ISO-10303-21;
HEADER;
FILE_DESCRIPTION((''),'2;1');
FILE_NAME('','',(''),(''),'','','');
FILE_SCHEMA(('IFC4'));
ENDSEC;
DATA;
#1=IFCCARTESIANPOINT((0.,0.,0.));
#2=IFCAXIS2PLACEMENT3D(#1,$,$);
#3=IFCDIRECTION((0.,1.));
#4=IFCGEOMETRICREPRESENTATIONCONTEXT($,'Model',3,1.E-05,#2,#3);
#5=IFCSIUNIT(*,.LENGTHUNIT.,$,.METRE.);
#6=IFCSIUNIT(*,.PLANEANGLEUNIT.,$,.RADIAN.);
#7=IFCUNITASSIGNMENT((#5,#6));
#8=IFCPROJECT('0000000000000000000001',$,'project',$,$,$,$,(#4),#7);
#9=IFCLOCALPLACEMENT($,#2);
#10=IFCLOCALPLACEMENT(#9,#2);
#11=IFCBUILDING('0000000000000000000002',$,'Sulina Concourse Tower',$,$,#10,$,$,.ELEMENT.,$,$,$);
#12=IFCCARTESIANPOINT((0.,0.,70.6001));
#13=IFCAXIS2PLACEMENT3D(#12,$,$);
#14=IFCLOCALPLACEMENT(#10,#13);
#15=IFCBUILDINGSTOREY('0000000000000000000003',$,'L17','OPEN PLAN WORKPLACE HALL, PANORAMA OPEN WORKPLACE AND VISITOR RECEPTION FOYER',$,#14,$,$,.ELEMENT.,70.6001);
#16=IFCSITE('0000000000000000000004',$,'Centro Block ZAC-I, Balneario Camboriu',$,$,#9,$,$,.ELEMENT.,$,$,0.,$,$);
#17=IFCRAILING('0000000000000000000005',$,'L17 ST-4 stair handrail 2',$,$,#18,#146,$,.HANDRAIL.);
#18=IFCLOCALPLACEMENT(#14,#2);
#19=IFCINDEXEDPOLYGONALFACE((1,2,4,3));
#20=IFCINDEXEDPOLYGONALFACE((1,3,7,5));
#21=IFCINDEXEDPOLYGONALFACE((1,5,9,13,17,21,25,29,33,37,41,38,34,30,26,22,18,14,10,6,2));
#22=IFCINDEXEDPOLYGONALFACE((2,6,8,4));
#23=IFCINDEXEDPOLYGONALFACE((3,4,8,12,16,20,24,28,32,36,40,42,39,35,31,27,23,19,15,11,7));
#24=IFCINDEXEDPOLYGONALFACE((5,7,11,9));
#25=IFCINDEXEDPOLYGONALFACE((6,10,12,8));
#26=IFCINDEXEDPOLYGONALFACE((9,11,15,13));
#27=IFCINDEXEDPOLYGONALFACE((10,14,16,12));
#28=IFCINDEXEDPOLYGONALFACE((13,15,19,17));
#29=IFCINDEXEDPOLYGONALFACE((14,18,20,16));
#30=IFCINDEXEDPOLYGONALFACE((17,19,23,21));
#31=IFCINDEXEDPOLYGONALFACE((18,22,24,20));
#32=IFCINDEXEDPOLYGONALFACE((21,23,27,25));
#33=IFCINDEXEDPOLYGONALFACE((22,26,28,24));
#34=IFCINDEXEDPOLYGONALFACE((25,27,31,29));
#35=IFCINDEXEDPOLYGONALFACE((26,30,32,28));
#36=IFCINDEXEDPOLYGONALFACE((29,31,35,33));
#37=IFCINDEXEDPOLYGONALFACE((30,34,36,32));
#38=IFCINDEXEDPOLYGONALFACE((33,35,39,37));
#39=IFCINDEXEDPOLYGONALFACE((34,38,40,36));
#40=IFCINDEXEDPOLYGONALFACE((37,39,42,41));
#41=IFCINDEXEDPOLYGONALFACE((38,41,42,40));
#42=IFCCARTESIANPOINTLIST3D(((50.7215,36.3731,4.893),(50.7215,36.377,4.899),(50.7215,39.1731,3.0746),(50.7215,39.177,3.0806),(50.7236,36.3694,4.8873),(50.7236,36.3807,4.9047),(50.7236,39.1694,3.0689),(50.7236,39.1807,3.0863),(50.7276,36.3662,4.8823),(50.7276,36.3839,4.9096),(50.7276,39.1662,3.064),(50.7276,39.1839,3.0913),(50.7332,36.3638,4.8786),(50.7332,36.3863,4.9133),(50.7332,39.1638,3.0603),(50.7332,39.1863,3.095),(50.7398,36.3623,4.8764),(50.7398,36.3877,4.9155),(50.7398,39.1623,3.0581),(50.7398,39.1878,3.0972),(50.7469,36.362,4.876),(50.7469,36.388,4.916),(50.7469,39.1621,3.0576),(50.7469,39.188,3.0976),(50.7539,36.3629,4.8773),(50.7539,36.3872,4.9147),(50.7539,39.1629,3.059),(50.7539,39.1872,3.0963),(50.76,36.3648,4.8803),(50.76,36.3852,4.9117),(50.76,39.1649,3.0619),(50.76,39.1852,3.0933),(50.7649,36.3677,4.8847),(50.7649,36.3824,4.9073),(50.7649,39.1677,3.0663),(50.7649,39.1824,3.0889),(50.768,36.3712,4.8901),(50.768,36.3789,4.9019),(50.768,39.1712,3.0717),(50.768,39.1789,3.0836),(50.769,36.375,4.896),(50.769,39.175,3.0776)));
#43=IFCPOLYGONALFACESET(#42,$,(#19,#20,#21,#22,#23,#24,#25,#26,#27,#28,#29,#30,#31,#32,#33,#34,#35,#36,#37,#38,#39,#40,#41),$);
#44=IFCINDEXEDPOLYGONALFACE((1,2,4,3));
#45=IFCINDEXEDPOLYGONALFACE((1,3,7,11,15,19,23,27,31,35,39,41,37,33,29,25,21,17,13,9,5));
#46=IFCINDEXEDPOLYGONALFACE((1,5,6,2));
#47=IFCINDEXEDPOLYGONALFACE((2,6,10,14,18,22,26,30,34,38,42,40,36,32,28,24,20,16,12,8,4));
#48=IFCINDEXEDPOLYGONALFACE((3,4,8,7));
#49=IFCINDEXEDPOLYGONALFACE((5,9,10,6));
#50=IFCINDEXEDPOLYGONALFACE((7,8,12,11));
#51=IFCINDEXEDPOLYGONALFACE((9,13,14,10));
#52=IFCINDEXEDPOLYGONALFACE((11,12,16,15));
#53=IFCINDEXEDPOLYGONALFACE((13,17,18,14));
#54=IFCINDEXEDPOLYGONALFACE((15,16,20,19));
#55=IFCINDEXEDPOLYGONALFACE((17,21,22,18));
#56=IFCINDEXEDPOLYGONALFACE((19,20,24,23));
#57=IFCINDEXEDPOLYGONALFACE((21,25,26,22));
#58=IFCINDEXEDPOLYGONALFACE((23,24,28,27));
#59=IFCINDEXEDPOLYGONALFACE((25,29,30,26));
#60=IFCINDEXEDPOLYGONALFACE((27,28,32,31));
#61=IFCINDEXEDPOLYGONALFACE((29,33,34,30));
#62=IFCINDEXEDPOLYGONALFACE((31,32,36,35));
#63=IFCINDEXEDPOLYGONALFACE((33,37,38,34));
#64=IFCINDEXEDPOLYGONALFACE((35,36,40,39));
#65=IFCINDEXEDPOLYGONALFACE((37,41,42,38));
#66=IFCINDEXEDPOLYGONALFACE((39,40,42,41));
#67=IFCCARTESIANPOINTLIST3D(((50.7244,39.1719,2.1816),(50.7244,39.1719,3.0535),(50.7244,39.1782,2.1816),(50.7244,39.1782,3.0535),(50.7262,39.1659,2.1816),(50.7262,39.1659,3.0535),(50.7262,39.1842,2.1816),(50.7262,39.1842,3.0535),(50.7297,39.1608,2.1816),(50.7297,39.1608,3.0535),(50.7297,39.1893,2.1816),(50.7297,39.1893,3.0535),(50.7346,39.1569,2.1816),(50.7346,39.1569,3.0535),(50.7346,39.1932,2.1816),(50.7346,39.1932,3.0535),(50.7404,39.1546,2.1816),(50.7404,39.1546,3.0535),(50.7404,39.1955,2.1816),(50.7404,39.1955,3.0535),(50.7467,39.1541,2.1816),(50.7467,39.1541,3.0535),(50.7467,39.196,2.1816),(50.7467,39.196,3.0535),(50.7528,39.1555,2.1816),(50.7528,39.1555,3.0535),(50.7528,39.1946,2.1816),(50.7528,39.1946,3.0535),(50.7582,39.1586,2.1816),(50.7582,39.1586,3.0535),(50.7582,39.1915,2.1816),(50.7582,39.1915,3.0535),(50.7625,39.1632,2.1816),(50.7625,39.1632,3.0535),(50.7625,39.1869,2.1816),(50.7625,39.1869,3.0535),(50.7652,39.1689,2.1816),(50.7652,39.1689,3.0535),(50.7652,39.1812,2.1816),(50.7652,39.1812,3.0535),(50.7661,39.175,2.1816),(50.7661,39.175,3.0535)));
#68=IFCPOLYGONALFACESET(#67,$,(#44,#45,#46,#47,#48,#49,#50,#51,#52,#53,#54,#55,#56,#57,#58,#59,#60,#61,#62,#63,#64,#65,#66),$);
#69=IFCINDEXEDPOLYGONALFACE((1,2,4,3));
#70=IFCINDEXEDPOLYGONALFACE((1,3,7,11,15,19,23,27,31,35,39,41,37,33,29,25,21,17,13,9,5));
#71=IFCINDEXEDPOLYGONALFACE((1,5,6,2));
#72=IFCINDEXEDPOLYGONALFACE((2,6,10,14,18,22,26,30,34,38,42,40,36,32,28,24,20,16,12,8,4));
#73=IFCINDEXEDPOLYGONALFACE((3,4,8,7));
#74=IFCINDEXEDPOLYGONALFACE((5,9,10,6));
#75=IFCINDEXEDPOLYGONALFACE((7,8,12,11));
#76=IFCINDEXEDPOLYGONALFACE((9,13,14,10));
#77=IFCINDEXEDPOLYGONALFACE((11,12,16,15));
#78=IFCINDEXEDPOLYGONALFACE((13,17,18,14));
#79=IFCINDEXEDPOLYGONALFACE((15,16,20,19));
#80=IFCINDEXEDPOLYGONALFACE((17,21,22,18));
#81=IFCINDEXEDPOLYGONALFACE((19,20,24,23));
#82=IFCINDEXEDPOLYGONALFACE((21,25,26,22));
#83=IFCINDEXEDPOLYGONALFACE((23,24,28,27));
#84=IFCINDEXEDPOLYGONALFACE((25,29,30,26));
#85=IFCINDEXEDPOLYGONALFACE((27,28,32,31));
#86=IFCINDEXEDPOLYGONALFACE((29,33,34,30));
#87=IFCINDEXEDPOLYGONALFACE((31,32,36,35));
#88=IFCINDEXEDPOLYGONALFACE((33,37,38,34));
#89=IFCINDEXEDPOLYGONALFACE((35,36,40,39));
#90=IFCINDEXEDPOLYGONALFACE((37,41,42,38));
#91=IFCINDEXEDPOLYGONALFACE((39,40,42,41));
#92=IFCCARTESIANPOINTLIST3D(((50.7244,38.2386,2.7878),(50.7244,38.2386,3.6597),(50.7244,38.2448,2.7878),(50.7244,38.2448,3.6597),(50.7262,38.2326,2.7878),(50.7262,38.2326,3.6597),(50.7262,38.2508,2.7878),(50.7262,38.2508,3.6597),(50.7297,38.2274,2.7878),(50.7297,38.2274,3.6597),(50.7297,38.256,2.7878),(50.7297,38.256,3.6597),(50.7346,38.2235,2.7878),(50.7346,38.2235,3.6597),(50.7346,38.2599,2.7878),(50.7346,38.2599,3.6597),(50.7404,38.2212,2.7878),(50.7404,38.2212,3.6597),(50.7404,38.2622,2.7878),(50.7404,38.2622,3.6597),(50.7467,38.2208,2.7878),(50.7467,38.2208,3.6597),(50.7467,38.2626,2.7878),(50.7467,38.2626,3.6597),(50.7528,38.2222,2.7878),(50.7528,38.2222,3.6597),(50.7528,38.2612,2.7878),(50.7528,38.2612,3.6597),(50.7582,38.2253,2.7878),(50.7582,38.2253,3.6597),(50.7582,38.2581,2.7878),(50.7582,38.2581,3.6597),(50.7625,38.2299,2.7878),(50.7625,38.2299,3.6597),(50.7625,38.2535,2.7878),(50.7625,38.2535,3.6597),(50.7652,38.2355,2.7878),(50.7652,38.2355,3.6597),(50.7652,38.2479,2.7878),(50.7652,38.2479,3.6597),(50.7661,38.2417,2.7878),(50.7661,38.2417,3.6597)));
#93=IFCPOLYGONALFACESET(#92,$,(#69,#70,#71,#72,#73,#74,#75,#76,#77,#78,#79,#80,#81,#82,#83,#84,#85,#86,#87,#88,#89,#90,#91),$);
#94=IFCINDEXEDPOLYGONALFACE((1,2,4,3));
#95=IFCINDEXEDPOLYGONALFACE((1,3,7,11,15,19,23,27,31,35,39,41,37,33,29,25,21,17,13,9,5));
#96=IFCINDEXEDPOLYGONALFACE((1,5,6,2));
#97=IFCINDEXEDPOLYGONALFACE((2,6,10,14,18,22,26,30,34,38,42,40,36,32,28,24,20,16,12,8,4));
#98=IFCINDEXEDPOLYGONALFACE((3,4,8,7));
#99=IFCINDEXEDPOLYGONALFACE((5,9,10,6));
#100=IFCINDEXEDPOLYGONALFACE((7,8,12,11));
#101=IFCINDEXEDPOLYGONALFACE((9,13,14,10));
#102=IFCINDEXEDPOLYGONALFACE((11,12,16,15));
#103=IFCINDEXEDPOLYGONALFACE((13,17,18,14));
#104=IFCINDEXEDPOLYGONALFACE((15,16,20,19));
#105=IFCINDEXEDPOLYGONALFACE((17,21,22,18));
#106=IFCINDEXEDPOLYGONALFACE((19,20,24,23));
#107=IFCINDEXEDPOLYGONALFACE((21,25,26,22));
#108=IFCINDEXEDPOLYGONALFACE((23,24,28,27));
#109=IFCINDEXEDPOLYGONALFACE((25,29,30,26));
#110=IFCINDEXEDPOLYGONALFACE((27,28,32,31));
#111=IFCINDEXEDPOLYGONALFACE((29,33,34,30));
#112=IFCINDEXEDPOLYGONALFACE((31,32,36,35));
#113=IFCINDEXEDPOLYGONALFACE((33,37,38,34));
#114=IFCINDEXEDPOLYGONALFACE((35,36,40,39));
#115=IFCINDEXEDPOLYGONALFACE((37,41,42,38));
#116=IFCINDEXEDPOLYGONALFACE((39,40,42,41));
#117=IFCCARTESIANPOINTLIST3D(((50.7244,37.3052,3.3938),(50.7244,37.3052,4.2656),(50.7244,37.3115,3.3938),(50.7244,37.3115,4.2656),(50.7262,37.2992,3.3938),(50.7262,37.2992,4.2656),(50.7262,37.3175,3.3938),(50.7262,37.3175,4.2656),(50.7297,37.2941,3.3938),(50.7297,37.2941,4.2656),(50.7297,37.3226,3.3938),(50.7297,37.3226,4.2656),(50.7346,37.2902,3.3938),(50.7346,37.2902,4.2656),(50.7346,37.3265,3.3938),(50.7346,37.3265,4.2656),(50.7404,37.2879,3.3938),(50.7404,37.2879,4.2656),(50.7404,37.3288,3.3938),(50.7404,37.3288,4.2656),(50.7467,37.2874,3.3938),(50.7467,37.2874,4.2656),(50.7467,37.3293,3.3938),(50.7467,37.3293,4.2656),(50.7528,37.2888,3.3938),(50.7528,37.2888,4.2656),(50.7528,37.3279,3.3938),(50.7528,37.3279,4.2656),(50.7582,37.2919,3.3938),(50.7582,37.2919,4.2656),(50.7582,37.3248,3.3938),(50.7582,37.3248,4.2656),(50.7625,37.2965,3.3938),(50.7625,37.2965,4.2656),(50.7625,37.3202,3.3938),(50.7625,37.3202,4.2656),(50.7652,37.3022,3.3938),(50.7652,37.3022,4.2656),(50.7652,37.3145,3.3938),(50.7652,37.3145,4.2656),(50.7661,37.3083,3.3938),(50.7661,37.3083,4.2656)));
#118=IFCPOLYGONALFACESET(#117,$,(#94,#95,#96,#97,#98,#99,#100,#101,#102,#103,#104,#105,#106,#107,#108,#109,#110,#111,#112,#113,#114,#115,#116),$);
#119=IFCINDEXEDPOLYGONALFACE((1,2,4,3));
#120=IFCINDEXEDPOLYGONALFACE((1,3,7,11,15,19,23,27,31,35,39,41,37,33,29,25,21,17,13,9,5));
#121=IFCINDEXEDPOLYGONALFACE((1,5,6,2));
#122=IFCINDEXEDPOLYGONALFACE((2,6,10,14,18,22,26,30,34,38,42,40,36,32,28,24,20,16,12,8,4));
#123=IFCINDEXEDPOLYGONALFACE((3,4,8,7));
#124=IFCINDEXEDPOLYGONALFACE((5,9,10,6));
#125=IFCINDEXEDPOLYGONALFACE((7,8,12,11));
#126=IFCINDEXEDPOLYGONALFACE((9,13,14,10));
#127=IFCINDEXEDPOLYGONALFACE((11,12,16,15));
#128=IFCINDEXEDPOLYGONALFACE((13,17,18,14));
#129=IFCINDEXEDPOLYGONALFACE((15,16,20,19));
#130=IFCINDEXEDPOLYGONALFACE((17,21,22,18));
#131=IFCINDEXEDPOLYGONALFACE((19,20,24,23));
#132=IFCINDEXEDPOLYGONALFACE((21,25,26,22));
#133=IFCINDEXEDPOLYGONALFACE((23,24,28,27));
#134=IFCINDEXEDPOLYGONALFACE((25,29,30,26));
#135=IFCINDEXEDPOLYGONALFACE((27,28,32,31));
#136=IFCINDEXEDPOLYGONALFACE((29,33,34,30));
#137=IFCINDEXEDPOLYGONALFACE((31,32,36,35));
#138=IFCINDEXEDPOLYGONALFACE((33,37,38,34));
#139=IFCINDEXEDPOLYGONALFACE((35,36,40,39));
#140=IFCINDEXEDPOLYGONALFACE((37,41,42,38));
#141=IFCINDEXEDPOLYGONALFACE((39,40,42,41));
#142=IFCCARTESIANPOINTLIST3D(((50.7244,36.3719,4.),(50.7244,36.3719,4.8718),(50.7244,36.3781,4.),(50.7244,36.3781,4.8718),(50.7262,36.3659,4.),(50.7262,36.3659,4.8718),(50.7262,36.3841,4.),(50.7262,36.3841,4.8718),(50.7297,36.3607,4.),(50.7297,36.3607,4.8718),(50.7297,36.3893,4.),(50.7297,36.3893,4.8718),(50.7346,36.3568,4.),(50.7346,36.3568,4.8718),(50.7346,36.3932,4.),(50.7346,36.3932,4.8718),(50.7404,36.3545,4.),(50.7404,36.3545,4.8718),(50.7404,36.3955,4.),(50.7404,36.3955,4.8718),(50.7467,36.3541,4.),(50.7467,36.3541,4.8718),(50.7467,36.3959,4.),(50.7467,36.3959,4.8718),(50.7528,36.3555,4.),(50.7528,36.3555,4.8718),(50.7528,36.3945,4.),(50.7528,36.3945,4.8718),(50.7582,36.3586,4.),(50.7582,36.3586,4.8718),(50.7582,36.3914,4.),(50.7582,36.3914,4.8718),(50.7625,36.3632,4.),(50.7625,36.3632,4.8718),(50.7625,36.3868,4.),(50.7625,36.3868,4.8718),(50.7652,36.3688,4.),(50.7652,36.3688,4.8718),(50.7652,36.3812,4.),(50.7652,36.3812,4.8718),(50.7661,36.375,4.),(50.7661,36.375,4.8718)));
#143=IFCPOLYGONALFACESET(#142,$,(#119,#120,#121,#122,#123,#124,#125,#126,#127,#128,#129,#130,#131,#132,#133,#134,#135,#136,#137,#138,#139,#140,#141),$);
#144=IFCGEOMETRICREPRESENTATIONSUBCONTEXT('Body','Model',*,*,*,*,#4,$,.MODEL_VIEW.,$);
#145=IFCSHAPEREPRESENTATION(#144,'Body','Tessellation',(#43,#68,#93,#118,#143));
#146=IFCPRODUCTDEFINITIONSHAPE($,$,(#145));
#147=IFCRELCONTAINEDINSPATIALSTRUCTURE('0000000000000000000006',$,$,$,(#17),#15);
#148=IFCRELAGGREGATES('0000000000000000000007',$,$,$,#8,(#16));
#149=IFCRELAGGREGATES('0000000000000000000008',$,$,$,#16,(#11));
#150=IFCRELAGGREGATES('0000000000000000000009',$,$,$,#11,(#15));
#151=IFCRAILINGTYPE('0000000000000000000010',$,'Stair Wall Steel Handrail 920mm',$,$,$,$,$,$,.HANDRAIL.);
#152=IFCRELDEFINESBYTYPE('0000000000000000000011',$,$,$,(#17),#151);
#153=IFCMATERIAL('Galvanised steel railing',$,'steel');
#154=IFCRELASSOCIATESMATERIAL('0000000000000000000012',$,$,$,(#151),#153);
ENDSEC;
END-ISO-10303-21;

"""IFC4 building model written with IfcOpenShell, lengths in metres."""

from ifc_helpers import new_model, si_unit, direction, frame, origin, origin_2d, place, context, subcontext, project, spatial, circle, extrude, material, type_object, element, save


model = new_model("IFC4")

# Units and contexts
model_context = context("Model", 3, precision=1e-05, world=origin(), true_north=direction((0.0, 1.0)))
body_context = subcontext(model_context, "Body", "Model", "MODEL_VIEW")
ifc_project = project(units=[si_unit("LENGTHUNIT", "METRE"), si_unit("PLANEANGLEUNIT", "RADIAN")], contexts=[model_context])

# Site, building, storey
site_placement = place(None, origin())
site = spatial("IfcSite", under=ifc_project, at=site_placement, Name="Centro Block ZAC-I, Balneario Camboriu", CompositionType="ELEMENT", RefElevation=0.0)
building_placement = place(site_placement, origin())
building = spatial("IfcBuilding", under=site, at=building_placement, Name="Sulina Concourse Tower", CompositionType="ELEMENT")
storey_placement = place(building_placement, frame((0.0, 0.0, 70.6001)))
storey = spatial("IfcBuildingStorey", under=building, at=storey_placement, Name="L17", Description="OPEN PLAN WORKPLACE HALL, PANORAMA OPEN WORKPLACE AND VISITOR RECEPTION FOYER", CompositionType="ELEMENT", Elevation=70.6001)

# Railing
ifc_material_1 = material(Name="Galvanised steel railing", Category="steel")
railing_type_1 = type_object("IfcRailingType", Name="Stair Wall Steel Handrail 920mm", PredefinedType="HANDRAIL", material=ifc_material_1)
railing_1_placement = place(storey_placement, frame((50.7451, 39.175, 2.1816)))
element("IfcRailing", 1, at=railing_1_placement, inside=storey, type_object=railing_type_1, Name="L17 ST-4 stair handrail 2", PredefinedType="HANDRAIL", context=body_context, shape_type="SweptSolid", body=[
    extrude(circle(Radius=0.0239, at=origin_2d()), frame((0.0, 0.0, 0.896), z_axis=(0.0, -0.838672, 0.544636), x_axis=(1.0, 0.0, 0.0)), (0.0, 0.0, 1.0), 3.3386),
    extrude(circle(Radius=0.021, at=origin_2d()), origin(), (0.0, 0.0, 1.0), 0.8718),
    extrude(circle(Radius=0.021, at=origin_2d()), frame((0.0, -0.9333, 0.6062)), (0.0, 0.0, 1.0), 0.8718),
    extrude(circle(Radius=0.021, at=origin_2d()), frame((0.0, -1.8667, 1.2122)), (0.0, 0.0, 1.0), 0.8718),
    extrude(circle(Radius=0.021, at=origin_2d()), frame((0.0, -2.8, 1.8184)), (0.0, 0.0, 1.0), 0.8718),
])

save(model, "model.ifc")
